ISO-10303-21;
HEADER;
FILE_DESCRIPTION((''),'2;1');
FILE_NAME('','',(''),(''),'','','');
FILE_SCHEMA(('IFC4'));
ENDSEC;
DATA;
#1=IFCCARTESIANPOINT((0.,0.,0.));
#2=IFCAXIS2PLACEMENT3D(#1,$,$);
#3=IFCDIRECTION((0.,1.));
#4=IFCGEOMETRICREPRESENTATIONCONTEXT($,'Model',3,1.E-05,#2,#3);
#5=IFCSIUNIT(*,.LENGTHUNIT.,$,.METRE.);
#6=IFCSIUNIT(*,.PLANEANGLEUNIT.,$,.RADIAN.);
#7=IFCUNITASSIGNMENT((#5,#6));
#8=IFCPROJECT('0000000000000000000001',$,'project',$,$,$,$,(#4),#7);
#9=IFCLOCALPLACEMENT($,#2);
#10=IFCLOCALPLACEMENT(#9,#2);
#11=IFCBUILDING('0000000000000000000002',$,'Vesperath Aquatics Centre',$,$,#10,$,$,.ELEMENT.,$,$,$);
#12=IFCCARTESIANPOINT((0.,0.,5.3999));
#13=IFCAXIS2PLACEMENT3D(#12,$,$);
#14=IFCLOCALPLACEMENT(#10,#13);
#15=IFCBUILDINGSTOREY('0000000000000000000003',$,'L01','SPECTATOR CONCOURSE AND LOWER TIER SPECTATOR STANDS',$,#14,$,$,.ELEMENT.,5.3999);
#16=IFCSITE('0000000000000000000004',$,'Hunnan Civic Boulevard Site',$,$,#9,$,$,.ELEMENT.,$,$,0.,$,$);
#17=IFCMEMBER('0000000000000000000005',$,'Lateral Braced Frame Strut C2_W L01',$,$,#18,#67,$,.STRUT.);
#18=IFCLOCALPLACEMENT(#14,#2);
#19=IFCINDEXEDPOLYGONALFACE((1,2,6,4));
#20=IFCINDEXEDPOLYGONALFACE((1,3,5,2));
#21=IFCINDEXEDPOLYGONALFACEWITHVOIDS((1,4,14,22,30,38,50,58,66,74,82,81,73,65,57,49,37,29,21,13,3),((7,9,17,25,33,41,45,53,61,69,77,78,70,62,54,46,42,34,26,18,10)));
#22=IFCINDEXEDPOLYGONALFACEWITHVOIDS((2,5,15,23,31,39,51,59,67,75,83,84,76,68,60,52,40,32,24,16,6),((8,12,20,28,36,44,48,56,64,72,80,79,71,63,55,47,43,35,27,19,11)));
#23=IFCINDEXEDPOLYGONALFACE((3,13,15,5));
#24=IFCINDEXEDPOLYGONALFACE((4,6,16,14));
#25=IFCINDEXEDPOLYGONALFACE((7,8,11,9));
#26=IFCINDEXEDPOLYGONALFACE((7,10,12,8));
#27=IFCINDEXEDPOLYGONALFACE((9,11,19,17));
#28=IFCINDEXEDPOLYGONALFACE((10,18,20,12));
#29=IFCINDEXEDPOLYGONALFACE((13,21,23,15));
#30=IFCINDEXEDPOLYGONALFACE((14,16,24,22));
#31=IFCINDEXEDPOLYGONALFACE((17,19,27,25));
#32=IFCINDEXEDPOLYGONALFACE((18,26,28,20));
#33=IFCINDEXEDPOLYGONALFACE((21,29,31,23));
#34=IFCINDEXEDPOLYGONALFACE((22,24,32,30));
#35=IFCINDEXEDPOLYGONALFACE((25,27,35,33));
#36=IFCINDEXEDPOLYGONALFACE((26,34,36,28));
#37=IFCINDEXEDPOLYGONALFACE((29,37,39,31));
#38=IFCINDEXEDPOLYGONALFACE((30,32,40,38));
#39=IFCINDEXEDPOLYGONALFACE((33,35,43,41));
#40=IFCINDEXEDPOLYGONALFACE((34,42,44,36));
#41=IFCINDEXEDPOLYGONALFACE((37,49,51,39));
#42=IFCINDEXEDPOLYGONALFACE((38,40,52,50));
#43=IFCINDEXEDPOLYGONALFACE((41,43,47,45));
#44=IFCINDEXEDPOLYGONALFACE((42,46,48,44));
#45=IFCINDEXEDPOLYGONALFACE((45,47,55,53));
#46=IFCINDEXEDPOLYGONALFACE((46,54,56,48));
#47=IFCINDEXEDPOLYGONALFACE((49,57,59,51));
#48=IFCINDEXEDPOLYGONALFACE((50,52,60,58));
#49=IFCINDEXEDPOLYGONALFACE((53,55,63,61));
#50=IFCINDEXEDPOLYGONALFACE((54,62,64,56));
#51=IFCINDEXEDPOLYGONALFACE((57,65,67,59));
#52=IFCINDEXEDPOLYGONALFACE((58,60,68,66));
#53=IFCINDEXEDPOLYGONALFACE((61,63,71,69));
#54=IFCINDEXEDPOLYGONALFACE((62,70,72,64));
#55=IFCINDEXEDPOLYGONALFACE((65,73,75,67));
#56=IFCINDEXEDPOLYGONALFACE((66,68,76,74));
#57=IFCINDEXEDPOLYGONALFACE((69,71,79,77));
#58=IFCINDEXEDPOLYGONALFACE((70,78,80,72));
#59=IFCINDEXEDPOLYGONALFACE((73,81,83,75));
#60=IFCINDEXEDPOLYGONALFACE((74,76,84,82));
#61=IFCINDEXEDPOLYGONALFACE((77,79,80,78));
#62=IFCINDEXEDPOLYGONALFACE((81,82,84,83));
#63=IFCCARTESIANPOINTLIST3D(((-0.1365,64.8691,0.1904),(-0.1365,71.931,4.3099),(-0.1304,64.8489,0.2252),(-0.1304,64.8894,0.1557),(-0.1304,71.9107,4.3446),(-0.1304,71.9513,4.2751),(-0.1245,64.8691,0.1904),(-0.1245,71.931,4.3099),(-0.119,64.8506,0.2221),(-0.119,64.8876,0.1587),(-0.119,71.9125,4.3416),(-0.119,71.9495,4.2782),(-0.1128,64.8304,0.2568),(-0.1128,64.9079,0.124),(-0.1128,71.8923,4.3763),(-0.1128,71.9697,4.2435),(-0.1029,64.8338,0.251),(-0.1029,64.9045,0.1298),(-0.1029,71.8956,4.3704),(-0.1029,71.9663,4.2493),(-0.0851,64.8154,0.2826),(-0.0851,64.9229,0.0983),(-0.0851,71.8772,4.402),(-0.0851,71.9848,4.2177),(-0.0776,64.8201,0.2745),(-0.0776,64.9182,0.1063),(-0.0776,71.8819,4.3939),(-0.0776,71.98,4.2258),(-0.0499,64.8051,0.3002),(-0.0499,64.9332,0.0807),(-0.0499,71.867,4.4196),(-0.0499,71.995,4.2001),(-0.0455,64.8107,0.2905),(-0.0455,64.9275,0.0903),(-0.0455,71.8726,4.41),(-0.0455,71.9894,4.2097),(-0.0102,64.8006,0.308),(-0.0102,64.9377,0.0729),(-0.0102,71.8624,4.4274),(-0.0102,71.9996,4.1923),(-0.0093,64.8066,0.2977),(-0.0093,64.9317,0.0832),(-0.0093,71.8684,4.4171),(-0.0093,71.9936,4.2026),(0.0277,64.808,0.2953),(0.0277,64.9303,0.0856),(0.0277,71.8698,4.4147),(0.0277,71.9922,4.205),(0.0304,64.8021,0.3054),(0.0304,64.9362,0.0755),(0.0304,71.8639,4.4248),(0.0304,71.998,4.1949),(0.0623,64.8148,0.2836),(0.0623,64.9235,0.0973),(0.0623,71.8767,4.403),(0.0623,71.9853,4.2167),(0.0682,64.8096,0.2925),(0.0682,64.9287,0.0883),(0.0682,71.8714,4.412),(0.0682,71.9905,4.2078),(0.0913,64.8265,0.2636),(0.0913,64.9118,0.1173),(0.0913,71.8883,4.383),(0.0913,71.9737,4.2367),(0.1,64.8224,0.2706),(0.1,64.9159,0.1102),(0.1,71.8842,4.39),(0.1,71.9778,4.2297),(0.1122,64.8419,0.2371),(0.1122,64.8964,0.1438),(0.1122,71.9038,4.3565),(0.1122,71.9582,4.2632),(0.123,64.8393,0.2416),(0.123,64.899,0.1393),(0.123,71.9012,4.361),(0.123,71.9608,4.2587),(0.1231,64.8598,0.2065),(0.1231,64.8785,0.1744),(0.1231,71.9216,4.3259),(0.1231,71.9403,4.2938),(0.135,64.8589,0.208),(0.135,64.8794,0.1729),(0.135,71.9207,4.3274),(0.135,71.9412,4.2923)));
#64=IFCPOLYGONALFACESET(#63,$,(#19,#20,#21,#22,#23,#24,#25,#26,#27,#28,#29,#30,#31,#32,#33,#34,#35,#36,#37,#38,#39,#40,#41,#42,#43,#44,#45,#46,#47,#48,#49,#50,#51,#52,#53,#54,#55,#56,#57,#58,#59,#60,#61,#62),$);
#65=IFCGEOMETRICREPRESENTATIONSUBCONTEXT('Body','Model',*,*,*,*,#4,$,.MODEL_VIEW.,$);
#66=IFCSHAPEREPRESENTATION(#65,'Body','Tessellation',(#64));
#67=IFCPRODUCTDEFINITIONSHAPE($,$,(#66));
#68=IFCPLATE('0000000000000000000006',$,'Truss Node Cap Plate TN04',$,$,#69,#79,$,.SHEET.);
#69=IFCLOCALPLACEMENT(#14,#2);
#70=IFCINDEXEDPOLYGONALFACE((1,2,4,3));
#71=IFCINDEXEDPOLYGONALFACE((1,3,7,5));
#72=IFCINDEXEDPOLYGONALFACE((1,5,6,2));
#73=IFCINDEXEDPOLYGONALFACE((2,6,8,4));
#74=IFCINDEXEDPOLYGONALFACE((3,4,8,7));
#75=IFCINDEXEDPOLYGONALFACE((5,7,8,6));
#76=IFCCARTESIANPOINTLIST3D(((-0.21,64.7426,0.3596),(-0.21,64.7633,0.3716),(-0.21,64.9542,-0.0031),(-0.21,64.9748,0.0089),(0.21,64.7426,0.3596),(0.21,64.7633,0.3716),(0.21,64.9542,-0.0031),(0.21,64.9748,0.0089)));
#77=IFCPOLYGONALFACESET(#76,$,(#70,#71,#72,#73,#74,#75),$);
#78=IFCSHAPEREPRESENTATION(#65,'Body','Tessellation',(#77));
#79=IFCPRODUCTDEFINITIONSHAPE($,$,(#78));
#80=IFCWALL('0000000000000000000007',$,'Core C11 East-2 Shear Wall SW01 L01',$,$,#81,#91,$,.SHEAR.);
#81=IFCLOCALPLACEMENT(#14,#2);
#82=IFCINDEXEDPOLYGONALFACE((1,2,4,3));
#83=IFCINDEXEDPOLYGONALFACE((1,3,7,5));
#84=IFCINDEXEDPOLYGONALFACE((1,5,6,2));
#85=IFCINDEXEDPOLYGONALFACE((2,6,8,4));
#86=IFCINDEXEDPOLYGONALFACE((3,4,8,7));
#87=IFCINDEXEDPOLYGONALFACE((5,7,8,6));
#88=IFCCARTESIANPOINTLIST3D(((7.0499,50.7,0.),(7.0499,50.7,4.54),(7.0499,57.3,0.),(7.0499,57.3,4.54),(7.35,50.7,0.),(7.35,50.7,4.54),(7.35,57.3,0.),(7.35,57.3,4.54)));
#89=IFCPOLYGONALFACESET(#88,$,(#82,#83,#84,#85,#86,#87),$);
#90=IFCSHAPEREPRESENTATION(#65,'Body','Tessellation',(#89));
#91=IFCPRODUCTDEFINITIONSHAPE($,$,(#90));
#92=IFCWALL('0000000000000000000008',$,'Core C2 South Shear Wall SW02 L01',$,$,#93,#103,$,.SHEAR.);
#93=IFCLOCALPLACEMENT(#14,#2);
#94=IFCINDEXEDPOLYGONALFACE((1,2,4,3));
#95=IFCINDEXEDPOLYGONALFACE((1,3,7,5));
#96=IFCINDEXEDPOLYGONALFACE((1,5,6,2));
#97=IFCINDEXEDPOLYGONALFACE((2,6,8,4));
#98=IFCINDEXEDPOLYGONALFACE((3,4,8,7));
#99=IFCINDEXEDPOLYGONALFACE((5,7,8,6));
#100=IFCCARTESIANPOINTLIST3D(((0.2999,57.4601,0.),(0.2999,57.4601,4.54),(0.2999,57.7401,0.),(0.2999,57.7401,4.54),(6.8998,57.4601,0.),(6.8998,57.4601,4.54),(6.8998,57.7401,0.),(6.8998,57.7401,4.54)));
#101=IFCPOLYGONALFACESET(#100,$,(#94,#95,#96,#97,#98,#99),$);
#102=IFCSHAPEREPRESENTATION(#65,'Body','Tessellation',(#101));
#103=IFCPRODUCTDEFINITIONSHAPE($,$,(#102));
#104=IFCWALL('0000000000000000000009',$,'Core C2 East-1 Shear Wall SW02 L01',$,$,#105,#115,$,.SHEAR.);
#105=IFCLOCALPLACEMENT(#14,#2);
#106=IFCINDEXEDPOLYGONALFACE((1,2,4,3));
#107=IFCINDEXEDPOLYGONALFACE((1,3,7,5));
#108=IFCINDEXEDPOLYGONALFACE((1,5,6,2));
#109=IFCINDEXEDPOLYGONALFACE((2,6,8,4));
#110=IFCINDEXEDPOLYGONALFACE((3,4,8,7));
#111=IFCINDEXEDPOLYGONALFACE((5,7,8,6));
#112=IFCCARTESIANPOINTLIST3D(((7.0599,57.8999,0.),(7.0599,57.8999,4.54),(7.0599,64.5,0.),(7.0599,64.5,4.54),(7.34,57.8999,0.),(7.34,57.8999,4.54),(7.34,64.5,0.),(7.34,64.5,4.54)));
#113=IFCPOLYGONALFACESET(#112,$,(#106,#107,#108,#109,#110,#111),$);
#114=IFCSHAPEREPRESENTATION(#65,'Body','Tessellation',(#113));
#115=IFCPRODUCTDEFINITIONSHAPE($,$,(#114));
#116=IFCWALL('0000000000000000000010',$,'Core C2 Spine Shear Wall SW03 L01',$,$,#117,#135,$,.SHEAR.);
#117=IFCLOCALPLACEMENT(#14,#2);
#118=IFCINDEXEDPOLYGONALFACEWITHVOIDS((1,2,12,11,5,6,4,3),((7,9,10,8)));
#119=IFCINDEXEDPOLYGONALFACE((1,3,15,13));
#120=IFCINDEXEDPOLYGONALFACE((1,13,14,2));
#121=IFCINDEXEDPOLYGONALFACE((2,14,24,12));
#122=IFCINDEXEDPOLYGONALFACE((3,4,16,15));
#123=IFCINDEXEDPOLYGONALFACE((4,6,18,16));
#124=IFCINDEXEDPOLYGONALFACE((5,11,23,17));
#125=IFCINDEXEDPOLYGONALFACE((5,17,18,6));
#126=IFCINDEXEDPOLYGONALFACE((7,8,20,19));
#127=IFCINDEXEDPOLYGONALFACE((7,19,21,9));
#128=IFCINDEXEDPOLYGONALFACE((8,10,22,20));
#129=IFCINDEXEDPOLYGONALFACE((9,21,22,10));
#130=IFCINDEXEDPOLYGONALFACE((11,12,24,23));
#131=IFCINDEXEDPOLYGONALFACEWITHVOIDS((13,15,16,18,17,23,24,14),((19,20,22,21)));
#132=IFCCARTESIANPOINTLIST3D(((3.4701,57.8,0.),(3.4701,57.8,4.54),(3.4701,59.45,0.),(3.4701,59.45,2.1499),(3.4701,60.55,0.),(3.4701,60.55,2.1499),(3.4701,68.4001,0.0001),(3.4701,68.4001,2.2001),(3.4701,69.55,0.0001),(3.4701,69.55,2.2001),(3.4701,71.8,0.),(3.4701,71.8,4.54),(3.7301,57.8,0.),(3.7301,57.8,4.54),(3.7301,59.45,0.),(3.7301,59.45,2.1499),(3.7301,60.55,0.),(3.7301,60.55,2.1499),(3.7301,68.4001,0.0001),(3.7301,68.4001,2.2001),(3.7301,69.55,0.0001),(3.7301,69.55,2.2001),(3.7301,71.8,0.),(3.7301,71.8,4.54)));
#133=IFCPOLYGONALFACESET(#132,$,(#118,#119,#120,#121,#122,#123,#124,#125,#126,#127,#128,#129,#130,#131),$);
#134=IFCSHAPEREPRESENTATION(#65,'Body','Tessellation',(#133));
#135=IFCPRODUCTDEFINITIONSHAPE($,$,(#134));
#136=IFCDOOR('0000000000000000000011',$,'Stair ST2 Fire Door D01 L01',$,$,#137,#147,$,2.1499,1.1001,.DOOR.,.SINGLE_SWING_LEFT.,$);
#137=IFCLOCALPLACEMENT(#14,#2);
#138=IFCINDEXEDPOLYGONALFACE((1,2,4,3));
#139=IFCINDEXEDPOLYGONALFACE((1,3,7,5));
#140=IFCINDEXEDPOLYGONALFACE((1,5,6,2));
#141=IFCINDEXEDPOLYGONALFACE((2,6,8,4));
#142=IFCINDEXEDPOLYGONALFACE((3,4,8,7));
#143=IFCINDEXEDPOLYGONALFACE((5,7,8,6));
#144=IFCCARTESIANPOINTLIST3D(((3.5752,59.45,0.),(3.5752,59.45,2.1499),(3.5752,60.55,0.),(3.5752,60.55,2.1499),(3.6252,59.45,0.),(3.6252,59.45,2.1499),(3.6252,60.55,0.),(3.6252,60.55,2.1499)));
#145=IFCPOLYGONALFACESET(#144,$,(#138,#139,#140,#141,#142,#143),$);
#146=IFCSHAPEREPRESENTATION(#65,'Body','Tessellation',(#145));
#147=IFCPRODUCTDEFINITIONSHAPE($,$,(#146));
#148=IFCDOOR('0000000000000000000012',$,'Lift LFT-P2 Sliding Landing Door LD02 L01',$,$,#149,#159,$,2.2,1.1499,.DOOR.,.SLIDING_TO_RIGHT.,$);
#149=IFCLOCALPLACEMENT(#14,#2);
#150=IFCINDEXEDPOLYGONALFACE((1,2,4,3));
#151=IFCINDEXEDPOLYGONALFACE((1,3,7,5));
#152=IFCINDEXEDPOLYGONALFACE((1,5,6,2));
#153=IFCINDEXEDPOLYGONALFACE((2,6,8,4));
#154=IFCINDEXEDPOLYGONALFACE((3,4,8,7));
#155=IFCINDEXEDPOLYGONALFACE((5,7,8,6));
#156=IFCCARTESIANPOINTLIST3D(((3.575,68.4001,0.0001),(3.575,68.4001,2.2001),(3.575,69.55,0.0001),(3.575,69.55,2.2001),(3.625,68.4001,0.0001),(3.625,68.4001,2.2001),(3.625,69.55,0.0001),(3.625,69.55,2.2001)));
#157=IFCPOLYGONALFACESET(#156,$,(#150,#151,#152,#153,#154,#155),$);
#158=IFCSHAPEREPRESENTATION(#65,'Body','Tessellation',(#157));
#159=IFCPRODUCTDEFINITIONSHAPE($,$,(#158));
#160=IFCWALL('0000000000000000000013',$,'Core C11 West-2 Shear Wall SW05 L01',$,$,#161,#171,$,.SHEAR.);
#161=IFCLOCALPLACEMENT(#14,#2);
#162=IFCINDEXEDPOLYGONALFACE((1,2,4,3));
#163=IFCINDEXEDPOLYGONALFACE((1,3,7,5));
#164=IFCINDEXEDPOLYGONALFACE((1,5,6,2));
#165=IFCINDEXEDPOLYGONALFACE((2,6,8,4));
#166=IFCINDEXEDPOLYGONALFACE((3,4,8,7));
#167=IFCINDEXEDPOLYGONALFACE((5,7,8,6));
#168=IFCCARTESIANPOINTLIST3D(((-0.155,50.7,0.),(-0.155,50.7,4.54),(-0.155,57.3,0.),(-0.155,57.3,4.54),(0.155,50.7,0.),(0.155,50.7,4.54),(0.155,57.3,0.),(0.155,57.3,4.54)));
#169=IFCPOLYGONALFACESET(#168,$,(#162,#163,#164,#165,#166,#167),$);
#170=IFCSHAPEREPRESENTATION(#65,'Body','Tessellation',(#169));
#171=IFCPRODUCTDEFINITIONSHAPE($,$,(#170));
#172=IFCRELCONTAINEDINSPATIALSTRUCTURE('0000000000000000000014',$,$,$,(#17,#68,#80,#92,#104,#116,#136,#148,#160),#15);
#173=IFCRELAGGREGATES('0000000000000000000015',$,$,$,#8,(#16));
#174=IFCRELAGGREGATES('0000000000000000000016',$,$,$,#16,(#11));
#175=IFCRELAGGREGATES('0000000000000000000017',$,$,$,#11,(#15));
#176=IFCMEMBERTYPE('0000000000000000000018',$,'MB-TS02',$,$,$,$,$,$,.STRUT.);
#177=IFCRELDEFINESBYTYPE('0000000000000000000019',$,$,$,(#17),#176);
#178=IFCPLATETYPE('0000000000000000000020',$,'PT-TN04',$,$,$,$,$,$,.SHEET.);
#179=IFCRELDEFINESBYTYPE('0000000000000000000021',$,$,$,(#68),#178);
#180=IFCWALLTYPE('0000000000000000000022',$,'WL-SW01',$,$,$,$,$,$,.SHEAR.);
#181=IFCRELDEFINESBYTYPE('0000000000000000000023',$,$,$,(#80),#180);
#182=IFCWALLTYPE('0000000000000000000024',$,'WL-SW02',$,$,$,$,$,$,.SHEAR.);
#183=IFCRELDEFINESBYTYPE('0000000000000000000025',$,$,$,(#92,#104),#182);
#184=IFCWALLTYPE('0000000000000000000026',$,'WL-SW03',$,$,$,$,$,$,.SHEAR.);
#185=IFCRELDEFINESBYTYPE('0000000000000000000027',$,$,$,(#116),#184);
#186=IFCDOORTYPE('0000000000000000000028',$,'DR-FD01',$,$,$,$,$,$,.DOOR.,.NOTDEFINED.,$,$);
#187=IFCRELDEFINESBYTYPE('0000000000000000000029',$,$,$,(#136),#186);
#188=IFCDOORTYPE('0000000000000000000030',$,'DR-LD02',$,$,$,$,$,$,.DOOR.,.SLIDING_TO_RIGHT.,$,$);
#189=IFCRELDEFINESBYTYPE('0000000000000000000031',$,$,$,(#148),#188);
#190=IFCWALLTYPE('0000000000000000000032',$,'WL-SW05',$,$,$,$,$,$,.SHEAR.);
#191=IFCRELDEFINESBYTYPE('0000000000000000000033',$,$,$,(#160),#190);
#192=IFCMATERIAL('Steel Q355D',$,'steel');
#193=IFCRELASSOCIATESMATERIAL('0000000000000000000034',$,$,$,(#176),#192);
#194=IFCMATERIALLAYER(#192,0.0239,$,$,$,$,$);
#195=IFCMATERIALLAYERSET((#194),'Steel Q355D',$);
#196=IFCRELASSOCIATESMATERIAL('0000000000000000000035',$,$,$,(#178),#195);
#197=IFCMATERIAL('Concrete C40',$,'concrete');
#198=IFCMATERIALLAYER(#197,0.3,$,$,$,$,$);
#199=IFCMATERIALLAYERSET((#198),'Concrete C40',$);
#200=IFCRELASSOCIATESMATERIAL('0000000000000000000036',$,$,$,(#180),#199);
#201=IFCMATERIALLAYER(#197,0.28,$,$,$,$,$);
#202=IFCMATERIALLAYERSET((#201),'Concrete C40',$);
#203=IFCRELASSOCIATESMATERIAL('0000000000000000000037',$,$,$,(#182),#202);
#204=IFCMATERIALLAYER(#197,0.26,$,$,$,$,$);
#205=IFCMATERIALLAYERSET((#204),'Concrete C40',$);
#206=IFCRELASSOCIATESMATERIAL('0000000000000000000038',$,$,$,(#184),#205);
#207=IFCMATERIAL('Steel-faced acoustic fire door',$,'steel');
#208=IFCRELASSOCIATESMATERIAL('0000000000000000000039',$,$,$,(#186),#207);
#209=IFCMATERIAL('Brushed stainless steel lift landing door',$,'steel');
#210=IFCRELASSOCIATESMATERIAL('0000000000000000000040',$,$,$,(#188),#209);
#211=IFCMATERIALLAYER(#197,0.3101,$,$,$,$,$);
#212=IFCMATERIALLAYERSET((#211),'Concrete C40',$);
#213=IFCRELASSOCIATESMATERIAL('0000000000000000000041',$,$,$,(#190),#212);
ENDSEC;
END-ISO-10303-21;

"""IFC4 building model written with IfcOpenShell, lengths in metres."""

from ifc_helpers import new_model, si_unit, direction, frame, frame_2d, origin, origin_2d, place, context, subcontext, project, spatial, rectangle, hollow_circle, extrude, material, layer, layer_set, material_profile, profile_set, type_object, element, fill, save


model = new_model("IFC4")

# Units and contexts
model_context = context("Model", 3, precision=1e-05, world=origin(), true_north=direction((0.0, 1.0)))
body_context = subcontext(model_context, "Body", "Model", "MODEL_VIEW")
ifc_project = project(units=[si_unit("LENGTHUNIT", "METRE"), si_unit("PLANEANGLEUNIT", "RADIAN")], contexts=[model_context])

# Site, building, storey
site_placement = place(None, origin())
site = spatial("IfcSite", under=ifc_project, at=site_placement, Name="Hunnan Civic Boulevard Site", CompositionType="ELEMENT", RefElevation=0.0)
building_placement = place(site_placement, origin())
building = spatial("IfcBuilding", under=site, at=building_placement, Name="Vesperath Aquatics Centre", CompositionType="ELEMENT")
storey_placement = place(building_placement, frame((0.0, 0.0, 5.3999)))
storey = spatial("IfcBuildingStorey", under=building, at=storey_placement, Name="L01", Description="SPECTATOR CONCOURSE AND LOWER TIER SPECTATOR STANDS", CompositionType="ELEMENT", Elevation=5.3999)

# Shared definitions
ifc_material_1 = material(Name="Concrete C40", Category="concrete")

# Member
ifc_material_2 = material(Name="Steel Q355D", Category="steel")
ifc_material_profile_1 = material_profile(ifc_material_2, hollow_circle(Radius=0.1365, WallThickness=0.012, at=origin_2d()), Name="CHS 273.0x12")
ifc_profile_set_1 = profile_set([ifc_material_profile_1], Name="Steel Q355D")
member_type = type_object("IfcMemberType", Name="MB-TS02", PredefinedType="STRUT", material=ifc_profile_set_1)
member_placement = place(storey_placement, frame((0.0, 64.8691, 0.1904), z_axis=(0.0, 0.863778, 0.503873), x_axis=(-1.0, 0.0, 0.0)))
element("IfcMember", 1, at=member_placement, inside=storey, type_object=member_type, Name="Lateral Braced Frame Strut C2_W L01", PredefinedType="STRUT", context=body_context, shape_type="SweptSolid", body=[
    extrude(hollow_circle(Radius=0.1365, WallThickness=0.012, at=origin_2d()), origin(), (0.0, 0.0, 1.0), 8.1755),
])

# Plate
ifc_layer_1 = layer(ifc_material_2, 0.0239)
ifc_layer_set_1 = layer_set([ifc_layer_1], Name="Steel Q355D")
plate_type = type_object("IfcPlateType", Name="PT-TN04", PredefinedType="SHEET", material=ifc_layer_set_1)
plate_placement = place(storey_placement, frame((0.0, 64.8484, 0.1782), z_axis=(0.0, 0.863779, 0.503871), x_axis=(-1.0, 0.0, 0.0)))
element("IfcPlate", 2, at=plate_placement, inside=storey, type_object=plate_type, Name="Truss Node Cap Plate TN04", PredefinedType="SHEET", context=body_context, shape_type="SweptSolid", body=[
    extrude(rectangle(XDim=0.4199, YDim=0.4199, at=origin_2d()), origin(), (0.0, 0.0, 1.0), 0.0239),
])

# Walls
ifc_layer_2 = layer(ifc_material_1, 0.3)
ifc_layer_set_2 = layer_set([ifc_layer_2], Name="Concrete C40")
wall_type_1 = type_object("IfcWallType", Name="WL-SW01", PredefinedType="SHEAR", material=ifc_layer_set_2)
wall_1_placement = place(storey_placement, frame((7.2, 50.7, 0.0), z_axis=(0.0, 0.0, 1.0), x_axis=(0.0, 1.0, 0.0)))
element("IfcWall", 3, at=wall_1_placement, inside=storey, type_object=wall_type_1, Name="Core C11 East-2 Shear Wall SW01 L01", PredefinedType="SHEAR", context=body_context, shape_type="SweptSolid", body=[
    extrude(rectangle(XDim=6.6001, YDim=0.3, at=frame_2d((3.3, 0.0))), origin(), (0.0, 0.0, 1.0), 4.54),
])
ifc_layer_3 = layer(ifc_material_1, 0.28)
ifc_layer_set_3 = layer_set([ifc_layer_3], Name="Concrete C40")
wall_type_2 = type_object("IfcWallType", Name="WL-SW02", PredefinedType="SHEAR", material=ifc_layer_set_3)
wall_2_placement = place(storey_placement, frame((0.3, 57.6001, 0.0), z_axis=(0.0, 0.0, 1.0), x_axis=(1.0, 0.0, 0.0)))
element("IfcWall", 4, at=wall_2_placement, inside=storey, type_object=wall_type_2, Name="Core C2 South Shear Wall SW02 L01", PredefinedType="SHEAR", context=body_context, shape_type="SweptSolid", body=[
    extrude(rectangle(XDim=6.5999, YDim=0.28, at=frame_2d((3.2998, 0.0))), origin(), (0.0, 0.0, 1.0), 4.54),
])
wall_3_placement = place(storey_placement, frame((7.2, 57.8999, 0.0), z_axis=(0.0, 0.0, 1.0), x_axis=(0.0, 1.0, 0.0)))
element("IfcWall", 5, at=wall_3_placement, inside=storey, type_object=wall_type_2, Name="Core C2 East-1 Shear Wall SW02 L01", PredefinedType="SHEAR", context=body_context, shape_type="SweptSolid", body=[
    extrude(rectangle(XDim=6.6001, YDim=0.28, at=frame_2d((3.3, 0.0))), origin(), (0.0, 0.0, 1.0), 4.54),
])

# Wall, openings, doors
ifc_layer_4 = layer(ifc_material_1, 0.26)
ifc_layer_set_4 = layer_set([ifc_layer_4], Name="Concrete C40")
wall_type_3 = type_object("IfcWallType", Name="WL-SW03", PredefinedType="SHEAR", material=ifc_layer_set_4)
wall_4_placement = place(storey_placement, frame((3.6001, 57.8, 0.0), z_axis=(0.0, 0.0, 1.0), x_axis=(0.0, 1.0, 0.0)))
wall_4 = element("IfcWall", 6, at=wall_4_placement, inside=storey, type_object=wall_type_3, Name="Core C2 Spine Shear Wall SW03 L01", PredefinedType="SHEAR", context=body_context, shape_type="SweptSolid", body=[
    extrude(rectangle(XDim=14.0, YDim=0.26, at=frame_2d((7.0, 0.0))), origin(), (0.0, 0.0, 1.0), 4.54),
])
opening_1_placement = place(wall_4_placement, frame((1.6499, 0.0, 0.0)))
opening_1 = element("IfcOpeningElement", 7, at=opening_1_placement, cuts=wall_4, PredefinedType="OPENING", context=body_context, shape_type="SweptSolid", body=[
    extrude(rectangle(XDim=1.1001, YDim=2.1499, at=frame_2d((0.55, 1.075))), frame((0.0, 0.145, 0.0), z_axis=(0.0, -1.0, 0.0), x_axis=(1.0, 0.0, 0.0)), (0.0, 0.0, 1.0), 0.2898),
])
opening_2_placement = place(wall_4_placement, frame((10.6001, 0.0, 0.0)))
opening_2 = element("IfcOpeningElement", 8, at=opening_2_placement, cuts=wall_4, PredefinedType="OPENING", context=body_context, shape_type="SweptSolid", body=[
    extrude(rectangle(XDim=1.1499, YDim=2.2, at=frame_2d((0.575, 1.1001))), frame((0.0, 0.145, 0.0), z_axis=(0.0, -1.0, 0.0), x_axis=(1.0, 0.0, 0.0)), (0.0, 0.0, 1.0), 0.2898),
])
ifc_material_3 = material(Name="Steel-faced acoustic fire door", Category="steel")
door_type_1 = type_object("IfcDoorType", Name="DR-FD01", OperationType="NOTDEFINED", PredefinedType="DOOR", material=ifc_material_3)
door_1_placement = place(opening_1_placement, origin())
door_1 = element("IfcDoor", 9, at=door_1_placement, inside=storey, type_object=door_type_1, Name="Stair ST2 Fire Door D01 L01", OperationType="SINGLE_SWING_LEFT", OverallHeight=2.1499, OverallWidth=1.1001, PredefinedType="DOOR", context=body_context, shape_type="SweptSolid", body=[
    extrude(rectangle(XDim=1.1001, YDim=2.1499, at=frame_2d((0.55, 1.075))), frame((0.0, 0.0249, 0.0), z_axis=(0.0, -1.0, 0.0), x_axis=(1.0, 0.0, 0.0)), (0.0, 0.0, 1.0), 0.05),
])
fill(opening_1, door_1)
ifc_material_4 = material(Name="Brushed stainless steel lift landing door", Category="steel")
door_type_2 = type_object("IfcDoorType", Name="DR-LD02", OperationType="SLIDING_TO_RIGHT", PredefinedType="DOOR", material=ifc_material_4)
door_2_placement = place(opening_2_placement, frame((1.1499, 0.0, 0.0), z_axis=(0.0, 0.0, 1.0), x_axis=(-1.0, 0.0, 0.0)))
door_2 = element("IfcDoor", 10, at=door_2_placement, inside=storey, type_object=door_type_2, Name="Lift LFT-P2 Sliding Landing Door LD02 L01", OperationType="SLIDING_TO_RIGHT", OverallHeight=2.2, OverallWidth=1.1499, PredefinedType="DOOR", context=body_context, shape_type="SweptSolid", body=[
    extrude(rectangle(XDim=1.1499, YDim=2.2, at=frame_2d((0.575, 1.1001))), frame((0.0, 0.0249, 0.0), z_axis=(0.0, -1.0, 0.0), x_axis=(1.0, 0.0, 0.0)), (0.0, 0.0, 1.0), 0.05),
])
fill(opening_2, door_2)

# Wall
ifc_layer_5 = layer(ifc_material_1, 0.3101)
ifc_layer_set_5 = layer_set([ifc_layer_5], Name="Concrete C40")
wall_type_4 = type_object("IfcWallType", Name="WL-SW05", PredefinedType="SHEAR", material=ifc_layer_set_5)
wall_5_placement = place(storey_placement, frame((0.0, 50.7, 0.0), z_axis=(0.0, 0.0, 1.0), x_axis=(0.0, 1.0, 0.0)))
element("IfcWall", 11, at=wall_5_placement, inside=storey, type_object=wall_type_4, Name="Core C11 West-2 Shear Wall SW05 L01", PredefinedType="SHEAR", context=body_context, shape_type="SweptSolid", body=[
    extrude(rectangle(XDim=6.6001, YDim=0.3101, at=frame_2d((3.3, 0.0))), origin(), (0.0, 0.0, 1.0), 4.54),
])

save(model, "model.ifc")
